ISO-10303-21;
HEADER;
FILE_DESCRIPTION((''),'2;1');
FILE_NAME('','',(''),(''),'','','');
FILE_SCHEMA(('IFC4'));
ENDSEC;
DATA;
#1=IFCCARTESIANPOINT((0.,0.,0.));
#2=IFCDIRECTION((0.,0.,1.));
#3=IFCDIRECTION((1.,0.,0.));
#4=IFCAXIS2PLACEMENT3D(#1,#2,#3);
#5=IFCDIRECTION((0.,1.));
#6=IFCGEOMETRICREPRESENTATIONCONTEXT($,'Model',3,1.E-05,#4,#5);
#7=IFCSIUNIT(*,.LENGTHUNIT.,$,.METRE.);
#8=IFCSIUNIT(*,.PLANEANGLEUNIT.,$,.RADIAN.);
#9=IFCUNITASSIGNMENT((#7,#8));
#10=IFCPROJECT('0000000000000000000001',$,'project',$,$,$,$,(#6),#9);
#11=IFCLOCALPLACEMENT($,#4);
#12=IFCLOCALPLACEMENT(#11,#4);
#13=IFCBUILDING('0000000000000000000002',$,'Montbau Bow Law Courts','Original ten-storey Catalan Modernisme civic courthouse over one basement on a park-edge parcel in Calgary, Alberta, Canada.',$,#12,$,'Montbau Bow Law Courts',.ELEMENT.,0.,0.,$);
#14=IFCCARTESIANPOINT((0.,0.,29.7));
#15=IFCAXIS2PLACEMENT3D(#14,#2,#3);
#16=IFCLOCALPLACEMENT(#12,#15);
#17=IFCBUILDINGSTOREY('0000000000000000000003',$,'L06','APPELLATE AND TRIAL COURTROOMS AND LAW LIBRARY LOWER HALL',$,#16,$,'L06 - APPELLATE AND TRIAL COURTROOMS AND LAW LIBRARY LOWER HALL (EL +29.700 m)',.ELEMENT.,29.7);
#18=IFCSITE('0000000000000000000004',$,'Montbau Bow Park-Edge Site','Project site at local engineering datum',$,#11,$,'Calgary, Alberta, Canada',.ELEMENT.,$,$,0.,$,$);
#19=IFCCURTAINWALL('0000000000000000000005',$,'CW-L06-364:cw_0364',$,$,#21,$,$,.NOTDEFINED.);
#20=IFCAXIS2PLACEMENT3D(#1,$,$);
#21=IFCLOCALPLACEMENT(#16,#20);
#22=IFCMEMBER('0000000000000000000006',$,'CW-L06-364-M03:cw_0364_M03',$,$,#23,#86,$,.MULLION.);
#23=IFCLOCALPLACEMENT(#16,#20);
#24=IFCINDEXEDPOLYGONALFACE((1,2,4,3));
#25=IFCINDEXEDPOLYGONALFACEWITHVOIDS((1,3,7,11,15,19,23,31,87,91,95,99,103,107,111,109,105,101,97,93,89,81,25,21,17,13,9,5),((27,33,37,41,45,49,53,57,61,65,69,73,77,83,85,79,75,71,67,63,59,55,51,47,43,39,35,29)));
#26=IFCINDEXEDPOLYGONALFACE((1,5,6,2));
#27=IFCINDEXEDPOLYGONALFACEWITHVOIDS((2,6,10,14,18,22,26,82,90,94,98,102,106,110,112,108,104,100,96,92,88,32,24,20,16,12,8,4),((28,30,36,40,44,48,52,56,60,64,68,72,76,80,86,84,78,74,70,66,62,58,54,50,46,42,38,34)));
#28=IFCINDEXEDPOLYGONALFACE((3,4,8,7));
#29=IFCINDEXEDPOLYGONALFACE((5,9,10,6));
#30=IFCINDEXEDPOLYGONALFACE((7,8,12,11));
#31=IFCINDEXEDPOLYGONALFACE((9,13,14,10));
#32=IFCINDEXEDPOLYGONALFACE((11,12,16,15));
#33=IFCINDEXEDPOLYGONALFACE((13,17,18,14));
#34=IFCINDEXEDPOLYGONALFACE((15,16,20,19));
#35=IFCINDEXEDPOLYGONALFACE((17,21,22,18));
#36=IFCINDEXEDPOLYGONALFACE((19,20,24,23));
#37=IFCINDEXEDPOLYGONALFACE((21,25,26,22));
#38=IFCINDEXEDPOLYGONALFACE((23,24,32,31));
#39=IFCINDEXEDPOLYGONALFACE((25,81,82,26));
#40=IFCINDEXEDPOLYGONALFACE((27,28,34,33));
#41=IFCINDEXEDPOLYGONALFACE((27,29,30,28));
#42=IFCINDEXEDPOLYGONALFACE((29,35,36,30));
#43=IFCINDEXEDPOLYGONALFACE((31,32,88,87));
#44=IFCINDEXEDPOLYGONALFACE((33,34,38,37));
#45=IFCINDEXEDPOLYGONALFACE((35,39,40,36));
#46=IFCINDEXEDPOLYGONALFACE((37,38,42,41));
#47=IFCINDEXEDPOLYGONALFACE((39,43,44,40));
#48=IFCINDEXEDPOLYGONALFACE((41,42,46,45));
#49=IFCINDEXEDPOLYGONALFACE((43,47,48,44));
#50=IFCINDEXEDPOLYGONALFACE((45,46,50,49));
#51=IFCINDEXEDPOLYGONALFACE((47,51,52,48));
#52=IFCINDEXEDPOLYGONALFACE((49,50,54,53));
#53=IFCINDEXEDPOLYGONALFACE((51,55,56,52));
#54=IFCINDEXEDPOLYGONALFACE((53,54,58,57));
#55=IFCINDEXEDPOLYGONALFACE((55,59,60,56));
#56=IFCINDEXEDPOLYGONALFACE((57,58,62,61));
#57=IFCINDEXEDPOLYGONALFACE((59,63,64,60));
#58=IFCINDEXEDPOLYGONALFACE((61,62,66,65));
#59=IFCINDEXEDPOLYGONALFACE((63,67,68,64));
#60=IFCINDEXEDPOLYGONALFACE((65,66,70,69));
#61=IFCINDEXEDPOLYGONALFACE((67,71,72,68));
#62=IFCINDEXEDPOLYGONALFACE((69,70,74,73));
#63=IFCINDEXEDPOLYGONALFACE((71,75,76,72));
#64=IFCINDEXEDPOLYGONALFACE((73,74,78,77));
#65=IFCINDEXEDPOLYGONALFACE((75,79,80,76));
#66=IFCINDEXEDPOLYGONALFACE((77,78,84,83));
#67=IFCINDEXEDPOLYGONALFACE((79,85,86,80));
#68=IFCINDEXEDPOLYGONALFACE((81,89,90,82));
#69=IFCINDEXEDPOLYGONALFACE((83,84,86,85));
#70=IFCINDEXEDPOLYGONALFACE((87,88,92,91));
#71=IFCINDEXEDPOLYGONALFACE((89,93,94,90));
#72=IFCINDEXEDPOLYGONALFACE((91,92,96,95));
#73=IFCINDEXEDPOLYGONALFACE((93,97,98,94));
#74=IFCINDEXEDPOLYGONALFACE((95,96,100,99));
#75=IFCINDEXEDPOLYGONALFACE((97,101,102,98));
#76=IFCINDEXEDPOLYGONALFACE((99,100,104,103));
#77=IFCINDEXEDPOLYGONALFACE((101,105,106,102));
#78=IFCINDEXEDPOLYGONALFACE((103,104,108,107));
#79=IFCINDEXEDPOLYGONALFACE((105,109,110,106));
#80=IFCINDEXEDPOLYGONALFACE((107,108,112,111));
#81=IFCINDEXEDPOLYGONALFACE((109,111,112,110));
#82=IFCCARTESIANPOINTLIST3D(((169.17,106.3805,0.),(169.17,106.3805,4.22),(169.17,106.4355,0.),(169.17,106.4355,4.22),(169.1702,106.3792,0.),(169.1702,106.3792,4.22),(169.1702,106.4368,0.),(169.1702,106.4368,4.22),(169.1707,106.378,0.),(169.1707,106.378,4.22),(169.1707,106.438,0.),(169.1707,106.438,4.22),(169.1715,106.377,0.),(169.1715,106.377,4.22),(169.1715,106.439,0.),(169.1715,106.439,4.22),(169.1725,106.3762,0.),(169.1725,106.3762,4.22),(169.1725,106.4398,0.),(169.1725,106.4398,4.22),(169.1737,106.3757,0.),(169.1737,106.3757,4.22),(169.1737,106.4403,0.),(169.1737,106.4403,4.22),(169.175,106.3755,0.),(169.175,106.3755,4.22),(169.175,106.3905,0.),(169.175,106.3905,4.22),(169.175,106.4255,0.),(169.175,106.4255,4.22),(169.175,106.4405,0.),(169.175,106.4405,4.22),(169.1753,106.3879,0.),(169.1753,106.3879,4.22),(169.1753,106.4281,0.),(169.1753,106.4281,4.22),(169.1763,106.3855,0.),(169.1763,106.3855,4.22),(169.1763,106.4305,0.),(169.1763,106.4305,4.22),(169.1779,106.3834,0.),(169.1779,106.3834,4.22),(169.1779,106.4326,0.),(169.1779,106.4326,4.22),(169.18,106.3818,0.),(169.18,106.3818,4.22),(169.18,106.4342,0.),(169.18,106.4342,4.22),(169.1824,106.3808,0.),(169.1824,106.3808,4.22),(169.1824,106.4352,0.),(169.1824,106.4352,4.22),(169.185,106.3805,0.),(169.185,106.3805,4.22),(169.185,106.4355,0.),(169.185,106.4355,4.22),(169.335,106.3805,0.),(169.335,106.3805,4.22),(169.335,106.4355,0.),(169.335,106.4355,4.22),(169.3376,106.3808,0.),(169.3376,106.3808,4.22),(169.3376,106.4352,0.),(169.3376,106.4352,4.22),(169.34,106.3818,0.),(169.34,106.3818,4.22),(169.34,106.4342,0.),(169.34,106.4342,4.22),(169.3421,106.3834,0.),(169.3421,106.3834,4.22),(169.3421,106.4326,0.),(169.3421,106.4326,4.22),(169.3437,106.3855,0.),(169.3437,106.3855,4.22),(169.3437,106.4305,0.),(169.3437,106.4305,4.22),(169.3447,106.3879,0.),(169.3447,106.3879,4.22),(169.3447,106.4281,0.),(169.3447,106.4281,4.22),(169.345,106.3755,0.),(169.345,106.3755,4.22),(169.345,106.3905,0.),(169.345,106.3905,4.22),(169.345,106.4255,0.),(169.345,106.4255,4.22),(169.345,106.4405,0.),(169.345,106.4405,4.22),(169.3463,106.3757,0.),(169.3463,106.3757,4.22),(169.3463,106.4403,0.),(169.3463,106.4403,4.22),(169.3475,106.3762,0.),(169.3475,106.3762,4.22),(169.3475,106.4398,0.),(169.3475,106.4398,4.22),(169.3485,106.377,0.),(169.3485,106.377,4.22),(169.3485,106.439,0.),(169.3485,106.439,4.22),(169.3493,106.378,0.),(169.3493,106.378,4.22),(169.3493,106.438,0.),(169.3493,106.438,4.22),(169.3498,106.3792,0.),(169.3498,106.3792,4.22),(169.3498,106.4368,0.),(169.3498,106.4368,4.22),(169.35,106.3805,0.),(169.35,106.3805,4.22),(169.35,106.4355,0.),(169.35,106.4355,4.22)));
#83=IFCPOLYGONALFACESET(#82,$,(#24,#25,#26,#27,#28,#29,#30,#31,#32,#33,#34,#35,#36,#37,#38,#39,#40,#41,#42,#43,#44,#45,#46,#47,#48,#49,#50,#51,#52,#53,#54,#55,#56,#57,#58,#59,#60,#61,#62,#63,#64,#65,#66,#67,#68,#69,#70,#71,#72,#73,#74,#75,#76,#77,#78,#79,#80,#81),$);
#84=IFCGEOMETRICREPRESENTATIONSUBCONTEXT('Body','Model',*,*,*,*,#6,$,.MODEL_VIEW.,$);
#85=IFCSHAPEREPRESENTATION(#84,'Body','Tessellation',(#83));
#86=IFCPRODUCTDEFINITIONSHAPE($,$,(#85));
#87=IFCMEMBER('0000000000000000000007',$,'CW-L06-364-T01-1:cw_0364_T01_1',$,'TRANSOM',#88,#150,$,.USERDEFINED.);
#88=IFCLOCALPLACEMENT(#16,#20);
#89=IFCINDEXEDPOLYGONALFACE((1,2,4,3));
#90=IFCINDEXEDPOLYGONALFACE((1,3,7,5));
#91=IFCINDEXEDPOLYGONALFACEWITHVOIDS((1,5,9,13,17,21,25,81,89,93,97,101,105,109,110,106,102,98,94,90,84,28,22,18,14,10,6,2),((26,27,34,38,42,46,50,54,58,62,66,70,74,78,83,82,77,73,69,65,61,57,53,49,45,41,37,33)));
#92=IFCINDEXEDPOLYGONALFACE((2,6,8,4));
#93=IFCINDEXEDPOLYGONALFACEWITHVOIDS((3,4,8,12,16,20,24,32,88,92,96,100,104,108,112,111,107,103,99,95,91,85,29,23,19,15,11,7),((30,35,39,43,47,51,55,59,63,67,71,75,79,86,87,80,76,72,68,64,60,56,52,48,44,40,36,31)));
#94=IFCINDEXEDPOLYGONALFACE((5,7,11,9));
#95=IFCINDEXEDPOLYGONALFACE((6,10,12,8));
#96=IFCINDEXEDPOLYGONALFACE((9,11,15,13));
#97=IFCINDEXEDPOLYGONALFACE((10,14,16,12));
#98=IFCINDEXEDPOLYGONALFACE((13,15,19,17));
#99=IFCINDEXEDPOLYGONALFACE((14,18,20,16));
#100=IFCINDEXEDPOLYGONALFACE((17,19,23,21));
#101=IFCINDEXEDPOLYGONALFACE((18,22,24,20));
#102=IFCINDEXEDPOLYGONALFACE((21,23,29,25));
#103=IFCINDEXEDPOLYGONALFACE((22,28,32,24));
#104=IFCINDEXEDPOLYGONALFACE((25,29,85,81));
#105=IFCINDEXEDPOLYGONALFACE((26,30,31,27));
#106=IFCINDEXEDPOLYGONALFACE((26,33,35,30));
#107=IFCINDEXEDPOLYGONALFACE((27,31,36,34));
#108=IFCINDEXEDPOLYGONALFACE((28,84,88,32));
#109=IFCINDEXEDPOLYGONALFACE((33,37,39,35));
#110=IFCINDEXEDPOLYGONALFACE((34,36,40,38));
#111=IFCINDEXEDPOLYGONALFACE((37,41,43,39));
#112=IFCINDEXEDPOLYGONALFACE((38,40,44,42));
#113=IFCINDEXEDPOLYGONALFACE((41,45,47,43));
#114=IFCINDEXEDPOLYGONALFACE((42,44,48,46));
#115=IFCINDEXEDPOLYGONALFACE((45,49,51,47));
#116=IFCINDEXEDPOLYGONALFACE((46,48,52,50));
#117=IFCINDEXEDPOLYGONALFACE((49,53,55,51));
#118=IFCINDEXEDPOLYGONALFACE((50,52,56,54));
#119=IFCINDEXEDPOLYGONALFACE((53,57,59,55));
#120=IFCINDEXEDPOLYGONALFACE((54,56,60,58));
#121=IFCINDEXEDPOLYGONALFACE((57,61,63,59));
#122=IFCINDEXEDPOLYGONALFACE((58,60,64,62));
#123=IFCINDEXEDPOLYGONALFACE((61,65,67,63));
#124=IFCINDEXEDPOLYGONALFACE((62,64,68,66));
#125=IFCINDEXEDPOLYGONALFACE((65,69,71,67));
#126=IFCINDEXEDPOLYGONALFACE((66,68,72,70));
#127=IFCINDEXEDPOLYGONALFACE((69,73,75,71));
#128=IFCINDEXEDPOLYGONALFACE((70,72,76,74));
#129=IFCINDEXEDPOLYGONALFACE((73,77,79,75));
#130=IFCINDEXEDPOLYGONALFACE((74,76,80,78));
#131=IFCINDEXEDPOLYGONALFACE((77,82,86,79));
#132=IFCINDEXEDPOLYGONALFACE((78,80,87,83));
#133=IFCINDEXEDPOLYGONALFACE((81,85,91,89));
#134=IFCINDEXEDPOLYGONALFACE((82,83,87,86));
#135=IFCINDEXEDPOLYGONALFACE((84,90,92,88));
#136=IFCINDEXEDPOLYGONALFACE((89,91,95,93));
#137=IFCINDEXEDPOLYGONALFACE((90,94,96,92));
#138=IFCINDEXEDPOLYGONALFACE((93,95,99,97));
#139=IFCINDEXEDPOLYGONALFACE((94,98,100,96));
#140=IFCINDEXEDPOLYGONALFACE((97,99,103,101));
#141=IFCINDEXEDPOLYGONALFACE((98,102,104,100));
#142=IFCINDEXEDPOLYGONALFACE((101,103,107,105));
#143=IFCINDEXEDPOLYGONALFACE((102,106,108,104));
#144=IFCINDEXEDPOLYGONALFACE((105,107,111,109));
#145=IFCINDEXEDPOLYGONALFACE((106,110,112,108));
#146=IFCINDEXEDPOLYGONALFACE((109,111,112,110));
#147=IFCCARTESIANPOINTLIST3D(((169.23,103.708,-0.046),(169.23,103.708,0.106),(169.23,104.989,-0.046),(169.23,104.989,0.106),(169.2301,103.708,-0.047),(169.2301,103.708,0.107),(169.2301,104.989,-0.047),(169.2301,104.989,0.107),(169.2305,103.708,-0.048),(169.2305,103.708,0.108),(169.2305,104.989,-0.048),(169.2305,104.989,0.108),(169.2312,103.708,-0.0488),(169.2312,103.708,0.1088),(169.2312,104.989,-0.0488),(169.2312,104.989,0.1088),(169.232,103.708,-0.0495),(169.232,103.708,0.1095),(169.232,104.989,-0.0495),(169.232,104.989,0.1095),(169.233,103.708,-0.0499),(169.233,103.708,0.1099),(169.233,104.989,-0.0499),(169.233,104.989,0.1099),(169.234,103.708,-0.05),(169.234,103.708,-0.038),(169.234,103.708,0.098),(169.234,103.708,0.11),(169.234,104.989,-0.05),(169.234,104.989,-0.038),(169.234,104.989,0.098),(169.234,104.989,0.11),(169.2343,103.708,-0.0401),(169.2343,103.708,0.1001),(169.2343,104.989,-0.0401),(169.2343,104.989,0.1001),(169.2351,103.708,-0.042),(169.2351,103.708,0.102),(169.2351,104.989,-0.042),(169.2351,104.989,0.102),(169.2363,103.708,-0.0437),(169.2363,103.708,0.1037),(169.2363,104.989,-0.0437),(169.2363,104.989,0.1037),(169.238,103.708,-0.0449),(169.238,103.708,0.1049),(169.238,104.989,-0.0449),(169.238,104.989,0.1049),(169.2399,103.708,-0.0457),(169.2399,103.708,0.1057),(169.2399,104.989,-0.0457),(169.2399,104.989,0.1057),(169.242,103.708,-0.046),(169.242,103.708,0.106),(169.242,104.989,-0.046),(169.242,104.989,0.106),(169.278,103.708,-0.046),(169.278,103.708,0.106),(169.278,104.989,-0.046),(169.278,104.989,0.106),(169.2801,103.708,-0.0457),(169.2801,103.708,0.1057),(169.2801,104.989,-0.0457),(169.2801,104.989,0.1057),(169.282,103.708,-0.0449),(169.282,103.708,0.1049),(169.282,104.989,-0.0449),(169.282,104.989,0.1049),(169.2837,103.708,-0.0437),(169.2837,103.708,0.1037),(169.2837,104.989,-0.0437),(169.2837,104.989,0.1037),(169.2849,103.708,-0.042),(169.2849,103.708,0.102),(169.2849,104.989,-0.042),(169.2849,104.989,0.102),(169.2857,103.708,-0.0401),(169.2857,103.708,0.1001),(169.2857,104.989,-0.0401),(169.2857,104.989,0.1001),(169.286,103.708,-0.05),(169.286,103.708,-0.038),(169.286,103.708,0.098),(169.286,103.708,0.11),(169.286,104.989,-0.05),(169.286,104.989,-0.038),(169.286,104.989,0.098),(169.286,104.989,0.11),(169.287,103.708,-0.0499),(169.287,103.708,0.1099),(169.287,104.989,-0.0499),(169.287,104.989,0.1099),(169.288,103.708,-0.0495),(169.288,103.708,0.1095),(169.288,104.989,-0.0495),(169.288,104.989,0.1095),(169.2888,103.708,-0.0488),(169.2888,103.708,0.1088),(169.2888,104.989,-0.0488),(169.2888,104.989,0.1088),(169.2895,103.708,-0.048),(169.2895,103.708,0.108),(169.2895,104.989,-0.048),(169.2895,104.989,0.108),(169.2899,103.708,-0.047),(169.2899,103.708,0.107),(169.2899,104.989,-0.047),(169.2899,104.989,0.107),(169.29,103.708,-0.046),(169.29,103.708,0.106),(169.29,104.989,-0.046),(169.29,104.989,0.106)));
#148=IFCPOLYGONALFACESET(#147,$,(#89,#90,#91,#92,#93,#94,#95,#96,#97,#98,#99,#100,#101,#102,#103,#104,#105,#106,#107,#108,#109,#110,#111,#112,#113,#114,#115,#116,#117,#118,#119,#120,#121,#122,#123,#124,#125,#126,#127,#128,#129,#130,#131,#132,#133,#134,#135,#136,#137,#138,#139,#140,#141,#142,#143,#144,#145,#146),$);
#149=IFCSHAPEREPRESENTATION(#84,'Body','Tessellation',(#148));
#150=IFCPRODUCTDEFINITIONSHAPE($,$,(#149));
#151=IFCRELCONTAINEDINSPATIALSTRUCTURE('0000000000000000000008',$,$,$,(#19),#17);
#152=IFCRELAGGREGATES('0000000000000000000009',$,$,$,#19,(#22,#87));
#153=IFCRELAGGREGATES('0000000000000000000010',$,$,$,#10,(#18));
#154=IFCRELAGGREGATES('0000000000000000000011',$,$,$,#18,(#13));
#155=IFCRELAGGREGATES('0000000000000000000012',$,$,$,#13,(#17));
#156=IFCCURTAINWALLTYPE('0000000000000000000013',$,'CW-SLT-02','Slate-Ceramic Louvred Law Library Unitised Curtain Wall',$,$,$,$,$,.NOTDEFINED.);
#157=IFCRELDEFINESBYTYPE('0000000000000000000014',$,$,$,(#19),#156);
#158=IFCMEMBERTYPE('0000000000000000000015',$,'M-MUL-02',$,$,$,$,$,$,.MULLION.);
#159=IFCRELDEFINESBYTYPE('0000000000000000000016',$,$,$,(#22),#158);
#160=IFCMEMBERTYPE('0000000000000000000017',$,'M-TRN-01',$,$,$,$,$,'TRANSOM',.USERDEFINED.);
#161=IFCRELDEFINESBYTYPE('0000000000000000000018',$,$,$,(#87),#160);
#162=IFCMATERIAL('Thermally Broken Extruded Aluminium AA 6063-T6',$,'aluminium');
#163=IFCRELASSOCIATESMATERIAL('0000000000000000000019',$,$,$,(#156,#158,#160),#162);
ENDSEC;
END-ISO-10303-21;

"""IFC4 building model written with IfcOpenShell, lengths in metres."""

from ifc_helpers import new_model, si_unit, direction, frame, origin_with_axes, origin_2d_with_axis, place, context, subcontext, project, spatial, hollow_rectangle, extrude, material, material_profile, profile_set, type_object, element, aggregate, save


model = new_model("IFC4")

# Units and contexts
model_context = context("Model", 3, precision=1e-05, world=origin_with_axes(), true_north=direction((0.0, 1.0)))
body_context = subcontext(model_context, "Body", "Model", "MODEL_VIEW")
ifc_project = project(units=[si_unit("LENGTHUNIT", "METRE"), si_unit("PLANEANGLEUNIT", "RADIAN")], contexts=[model_context])

# Site, building, storey
site_placement = place(None, origin_with_axes())
site = spatial("IfcSite", under=ifc_project, at=site_placement, Name="Montbau Bow Park-Edge Site", Description="Project site at local engineering datum", LongName="Calgary, Alberta, Canada", CompositionType="ELEMENT", RefElevation=0.0)
building_placement = place(site_placement, origin_with_axes())
building = spatial("IfcBuilding", under=site, at=building_placement, Name="Montbau Bow Law Courts", Description="Original ten-storey Catalan Modernisme civic courthouse over one basement on a park-edge parcel in Calgary, Alberta, Canada.", LongName="Montbau Bow Law Courts", CompositionType="ELEMENT", ElevationOfRefHeight=0.0, ElevationOfTerrain=0.0)
storey_placement = place(building_placement, frame((0.0, 0.0, 29.7), z_axis=(0.0, 0.0, 1.0), x_axis=(1.0, 0.0, 0.0)))
storey = spatial("IfcBuildingStorey", under=building, at=storey_placement, Name="L06", Description="APPELLATE AND TRIAL COURTROOMS AND LAW LIBRARY LOWER HALL", LongName="L06 - APPELLATE AND TRIAL COURTROOMS AND LAW LIBRARY LOWER HALL (EL +29.700 m)", CompositionType="ELEMENT", Elevation=29.7)

# Shared definitions
ifc_material_1 = material(Name="Thermally Broken Extruded Aluminium AA 6063-T6", Category="aluminium")
curtain_wall_type = type_object("IfcCurtainWallType", Name="CW-SLT-02", Description="Slate-Ceramic Louvred Law Library Unitised Curtain Wall", PredefinedType="NOTDEFINED", material=ifc_material_1)

# Curtain wall, members
curtain_wall_1_placement = place(None, frame((169.26, 103.64, 29.7), z_axis=(0.0, 0.0, 1.0), x_axis=(1.0, 0.0, 0.0)))
curtain_wall_1 = element("IfcCurtainWall", 1, at=curtain_wall_1_placement, inside=storey, type_object=curtain_wall_type, Name="CW-L06-364:cw_0364", PredefinedType="NOTDEFINED")
ifc_material_profile_1 = material_profile(ifc_material_1, hollow_rectangle(XDim=0.065, YDim=0.18, WallThickness=0.005, InnerFilletRadius=0.01, OuterFilletRadius=0.005, at=origin_2d_with_axis()), Name="CWM-180X65", Category="Main", Priority=0)
ifc_profile_set_1 = profile_set([ifc_material_profile_1], Name="Thermally Broken Extruded Aluminium AA 6063-T6")
member_type_1 = type_object("IfcMemberType", Name="M-MUL-02", PredefinedType="MULLION", material=ifc_profile_set_1)
member_1_placement = place(None, frame((169.26, 106.408, 29.7), z_axis=(0.0, 0.0, 1.0), x_axis=(0.0, 1.0, 0.0)))
member_1 = element("IfcMember", 2, at=member_1_placement, type_object=member_type_1, Name="CW-L06-364-M03:cw_0364_M03", PredefinedType="MULLION", context=body_context, shape_type="SweptSolid", body=[
    extrude(hollow_rectangle(XDim=0.065, YDim=0.18, WallThickness=0.005, InnerFilletRadius=0.01, OuterFilletRadius=0.005, at=origin_2d_with_axis()), origin_with_axes(), (0.0, 0.0, 1.0), 4.22),
])
ifc_material_profile_2 = material_profile(ifc_material_1, hollow_rectangle(XDim=0.06, YDim=0.16, WallThickness=0.004, InnerFilletRadius=0.008, OuterFilletRadius=0.004, at=origin_2d_with_axis()), Name="CWT-160X60", Category="Main", Priority=0)
ifc_profile_set_2 = profile_set([ifc_material_profile_2], Name="Thermally Broken Extruded Aluminium AA 6063-T6")
member_type_2 = type_object("IfcMemberType", Name="M-TRN-01", ElementType="TRANSOM", PredefinedType="USERDEFINED", material=ifc_profile_set_2)
member_2_placement = place(None, frame((169.26, 103.708, 29.73), z_axis=(0.0, 1.0, 0.0), x_axis=(-1.0, 0.0, 0.0)))
member_2 = element("IfcMember", 3, at=member_2_placement, type_object=member_type_2, Name="CW-L06-364-T01-1:cw_0364_T01_1", ObjectType="TRANSOM", PredefinedType="USERDEFINED", context=body_context, shape_type="SweptSolid", body=[
    extrude(hollow_rectangle(XDim=0.06, YDim=0.16, WallThickness=0.004, InnerFilletRadius=0.008, OuterFilletRadius=0.004, at=origin_2d_with_axis()), origin_with_axes(), (0.0, 0.0, 1.0), 1.281),
])

aggregate(curtain_wall_1, [member_1, member_2])

save(model, "model.ifc")
